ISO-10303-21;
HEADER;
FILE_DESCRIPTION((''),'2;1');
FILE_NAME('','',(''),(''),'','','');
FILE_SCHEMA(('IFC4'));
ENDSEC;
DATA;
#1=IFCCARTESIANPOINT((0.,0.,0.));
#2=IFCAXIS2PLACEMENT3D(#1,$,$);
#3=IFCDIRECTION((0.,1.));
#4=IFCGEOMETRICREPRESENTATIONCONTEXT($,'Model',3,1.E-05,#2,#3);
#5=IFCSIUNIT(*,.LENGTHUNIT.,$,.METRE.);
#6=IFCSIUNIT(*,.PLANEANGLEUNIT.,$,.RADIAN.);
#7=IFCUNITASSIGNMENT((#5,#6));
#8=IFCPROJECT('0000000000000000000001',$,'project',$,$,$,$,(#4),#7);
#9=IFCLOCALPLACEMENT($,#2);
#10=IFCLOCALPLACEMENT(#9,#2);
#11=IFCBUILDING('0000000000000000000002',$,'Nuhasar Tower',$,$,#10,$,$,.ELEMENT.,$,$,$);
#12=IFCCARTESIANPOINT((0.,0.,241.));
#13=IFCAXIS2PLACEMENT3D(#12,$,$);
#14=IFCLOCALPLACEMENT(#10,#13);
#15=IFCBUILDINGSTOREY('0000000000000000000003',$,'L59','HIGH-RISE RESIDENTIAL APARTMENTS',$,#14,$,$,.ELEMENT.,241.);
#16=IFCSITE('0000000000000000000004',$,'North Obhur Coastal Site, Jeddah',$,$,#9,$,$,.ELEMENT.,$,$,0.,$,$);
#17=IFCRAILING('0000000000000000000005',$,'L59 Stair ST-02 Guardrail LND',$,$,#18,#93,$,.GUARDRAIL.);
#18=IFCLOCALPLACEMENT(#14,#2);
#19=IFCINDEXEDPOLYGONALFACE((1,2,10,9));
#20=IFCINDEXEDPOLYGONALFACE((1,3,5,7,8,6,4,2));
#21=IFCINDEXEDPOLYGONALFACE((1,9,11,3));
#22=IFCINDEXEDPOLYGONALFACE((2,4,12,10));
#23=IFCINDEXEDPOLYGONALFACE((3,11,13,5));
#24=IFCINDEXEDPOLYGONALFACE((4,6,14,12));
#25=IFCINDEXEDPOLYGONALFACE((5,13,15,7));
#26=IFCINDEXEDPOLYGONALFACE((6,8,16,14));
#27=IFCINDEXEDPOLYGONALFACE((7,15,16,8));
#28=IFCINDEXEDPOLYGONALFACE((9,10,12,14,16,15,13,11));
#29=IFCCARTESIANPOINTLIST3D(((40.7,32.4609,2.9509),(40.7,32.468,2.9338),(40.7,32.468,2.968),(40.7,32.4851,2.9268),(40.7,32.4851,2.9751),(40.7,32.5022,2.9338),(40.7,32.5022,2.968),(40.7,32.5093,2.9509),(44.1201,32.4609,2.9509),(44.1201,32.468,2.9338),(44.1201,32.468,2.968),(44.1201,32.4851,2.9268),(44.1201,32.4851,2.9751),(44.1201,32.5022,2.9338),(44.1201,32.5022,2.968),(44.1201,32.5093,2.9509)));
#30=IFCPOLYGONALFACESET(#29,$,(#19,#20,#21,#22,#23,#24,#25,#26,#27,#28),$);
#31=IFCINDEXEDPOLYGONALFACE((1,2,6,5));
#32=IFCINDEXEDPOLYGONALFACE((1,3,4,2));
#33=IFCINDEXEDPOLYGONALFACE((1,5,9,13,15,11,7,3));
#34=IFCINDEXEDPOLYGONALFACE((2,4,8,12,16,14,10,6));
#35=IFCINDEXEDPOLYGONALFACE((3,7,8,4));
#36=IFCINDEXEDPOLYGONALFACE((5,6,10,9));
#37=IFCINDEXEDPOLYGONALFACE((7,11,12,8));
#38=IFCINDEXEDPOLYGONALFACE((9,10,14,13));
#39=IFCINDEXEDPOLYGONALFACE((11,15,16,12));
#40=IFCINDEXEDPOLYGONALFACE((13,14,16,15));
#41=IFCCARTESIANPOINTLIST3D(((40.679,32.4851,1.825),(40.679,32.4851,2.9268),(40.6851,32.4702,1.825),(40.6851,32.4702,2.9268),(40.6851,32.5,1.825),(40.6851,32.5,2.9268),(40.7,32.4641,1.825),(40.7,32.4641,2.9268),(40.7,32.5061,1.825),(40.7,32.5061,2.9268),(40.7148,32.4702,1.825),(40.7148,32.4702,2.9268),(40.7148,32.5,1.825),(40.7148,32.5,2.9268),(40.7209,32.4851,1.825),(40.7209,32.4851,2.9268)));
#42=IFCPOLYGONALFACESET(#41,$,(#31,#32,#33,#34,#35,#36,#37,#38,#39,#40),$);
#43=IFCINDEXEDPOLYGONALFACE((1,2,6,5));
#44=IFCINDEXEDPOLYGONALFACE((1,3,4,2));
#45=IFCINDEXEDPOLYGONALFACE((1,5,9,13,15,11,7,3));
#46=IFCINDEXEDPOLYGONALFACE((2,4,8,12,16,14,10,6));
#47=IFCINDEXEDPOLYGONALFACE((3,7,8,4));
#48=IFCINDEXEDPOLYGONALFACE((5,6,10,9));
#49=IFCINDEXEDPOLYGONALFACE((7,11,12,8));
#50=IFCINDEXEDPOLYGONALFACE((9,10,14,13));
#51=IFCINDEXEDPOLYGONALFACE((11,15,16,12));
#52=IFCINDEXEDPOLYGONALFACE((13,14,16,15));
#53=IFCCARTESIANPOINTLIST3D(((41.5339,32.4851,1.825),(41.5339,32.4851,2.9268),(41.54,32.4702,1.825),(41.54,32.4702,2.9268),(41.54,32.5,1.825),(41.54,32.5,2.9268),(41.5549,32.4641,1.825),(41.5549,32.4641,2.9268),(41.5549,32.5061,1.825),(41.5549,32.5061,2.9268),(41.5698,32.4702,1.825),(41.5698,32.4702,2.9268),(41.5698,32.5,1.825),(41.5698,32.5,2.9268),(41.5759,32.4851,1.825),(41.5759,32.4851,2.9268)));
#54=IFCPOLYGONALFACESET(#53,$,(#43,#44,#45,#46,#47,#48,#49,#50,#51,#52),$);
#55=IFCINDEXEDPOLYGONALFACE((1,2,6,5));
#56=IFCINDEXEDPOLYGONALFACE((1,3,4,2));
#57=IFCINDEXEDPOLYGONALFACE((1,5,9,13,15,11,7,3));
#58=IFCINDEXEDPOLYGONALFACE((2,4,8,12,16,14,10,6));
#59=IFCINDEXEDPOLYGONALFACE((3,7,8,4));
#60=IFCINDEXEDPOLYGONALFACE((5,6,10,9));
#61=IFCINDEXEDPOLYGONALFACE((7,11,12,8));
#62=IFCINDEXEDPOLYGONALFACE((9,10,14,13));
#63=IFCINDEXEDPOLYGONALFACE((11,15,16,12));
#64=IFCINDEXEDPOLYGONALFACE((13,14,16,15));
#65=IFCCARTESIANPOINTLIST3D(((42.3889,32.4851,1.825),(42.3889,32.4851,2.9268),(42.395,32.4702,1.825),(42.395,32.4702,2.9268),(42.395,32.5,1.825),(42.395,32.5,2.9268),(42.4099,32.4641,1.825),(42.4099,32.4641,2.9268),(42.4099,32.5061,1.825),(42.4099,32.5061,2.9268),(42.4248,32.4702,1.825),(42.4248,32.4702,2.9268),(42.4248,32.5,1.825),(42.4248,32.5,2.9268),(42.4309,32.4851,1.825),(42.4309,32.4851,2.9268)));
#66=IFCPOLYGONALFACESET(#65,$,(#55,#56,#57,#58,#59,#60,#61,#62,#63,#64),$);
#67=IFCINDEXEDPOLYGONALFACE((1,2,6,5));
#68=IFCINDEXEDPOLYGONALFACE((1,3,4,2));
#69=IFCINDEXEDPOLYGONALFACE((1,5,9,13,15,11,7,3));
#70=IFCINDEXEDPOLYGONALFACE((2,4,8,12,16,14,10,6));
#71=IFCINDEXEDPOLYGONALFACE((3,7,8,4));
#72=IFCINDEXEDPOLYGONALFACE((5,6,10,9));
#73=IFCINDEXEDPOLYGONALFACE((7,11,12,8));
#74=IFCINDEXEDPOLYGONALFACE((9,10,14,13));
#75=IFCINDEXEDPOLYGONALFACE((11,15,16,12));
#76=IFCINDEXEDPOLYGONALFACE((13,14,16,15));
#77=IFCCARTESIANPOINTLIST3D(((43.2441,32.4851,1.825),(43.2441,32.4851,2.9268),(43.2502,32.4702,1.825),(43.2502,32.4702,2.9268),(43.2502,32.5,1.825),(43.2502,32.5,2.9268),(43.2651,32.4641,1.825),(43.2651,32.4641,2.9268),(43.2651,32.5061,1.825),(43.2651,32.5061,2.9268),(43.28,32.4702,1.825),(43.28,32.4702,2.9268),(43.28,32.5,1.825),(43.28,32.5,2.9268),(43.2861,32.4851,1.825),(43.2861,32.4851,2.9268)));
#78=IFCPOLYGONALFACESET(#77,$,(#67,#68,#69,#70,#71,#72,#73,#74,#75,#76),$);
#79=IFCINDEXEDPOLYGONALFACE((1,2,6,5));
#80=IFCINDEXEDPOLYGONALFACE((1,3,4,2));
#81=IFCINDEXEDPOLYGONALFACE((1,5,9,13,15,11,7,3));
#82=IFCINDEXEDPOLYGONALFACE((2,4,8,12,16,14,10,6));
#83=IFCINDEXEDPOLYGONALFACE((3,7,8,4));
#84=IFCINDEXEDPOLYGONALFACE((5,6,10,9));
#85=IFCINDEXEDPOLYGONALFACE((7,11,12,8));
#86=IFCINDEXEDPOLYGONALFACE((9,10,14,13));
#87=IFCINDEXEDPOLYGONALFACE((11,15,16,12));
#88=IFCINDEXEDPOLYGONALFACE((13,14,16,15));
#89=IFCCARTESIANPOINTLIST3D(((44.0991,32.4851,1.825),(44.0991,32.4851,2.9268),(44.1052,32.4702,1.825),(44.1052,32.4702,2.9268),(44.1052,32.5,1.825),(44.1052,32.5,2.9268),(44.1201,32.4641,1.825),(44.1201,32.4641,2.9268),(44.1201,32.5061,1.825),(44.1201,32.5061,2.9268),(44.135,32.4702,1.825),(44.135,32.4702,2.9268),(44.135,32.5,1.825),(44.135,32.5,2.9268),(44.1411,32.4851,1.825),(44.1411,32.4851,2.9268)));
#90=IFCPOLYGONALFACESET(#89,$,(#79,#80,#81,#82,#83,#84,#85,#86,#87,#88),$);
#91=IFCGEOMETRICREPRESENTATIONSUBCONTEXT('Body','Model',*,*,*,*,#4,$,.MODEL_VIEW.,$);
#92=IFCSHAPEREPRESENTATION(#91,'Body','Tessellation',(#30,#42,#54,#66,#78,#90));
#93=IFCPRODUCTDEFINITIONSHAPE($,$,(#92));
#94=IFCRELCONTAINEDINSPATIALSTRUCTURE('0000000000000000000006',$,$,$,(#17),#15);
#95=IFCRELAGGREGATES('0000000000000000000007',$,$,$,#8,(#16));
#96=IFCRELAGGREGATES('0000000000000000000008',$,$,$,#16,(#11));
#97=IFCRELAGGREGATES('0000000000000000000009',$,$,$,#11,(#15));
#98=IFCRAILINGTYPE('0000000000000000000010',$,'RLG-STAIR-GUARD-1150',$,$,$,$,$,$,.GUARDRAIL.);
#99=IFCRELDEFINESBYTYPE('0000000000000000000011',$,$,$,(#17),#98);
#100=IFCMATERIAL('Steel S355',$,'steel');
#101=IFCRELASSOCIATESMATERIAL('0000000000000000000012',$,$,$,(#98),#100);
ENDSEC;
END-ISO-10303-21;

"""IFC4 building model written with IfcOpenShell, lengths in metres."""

from ifc_helpers import new_model, si_unit, direction, frame, origin, place, context, subcontext, project, spatial, polyline, outline, extrude, material, type_object, element, save


model = new_model("IFC4")

# Units and contexts
model_context = context("Model", 3, precision=1e-05, world=origin(), true_north=direction((0.0, 1.0)))
body_context = subcontext(model_context, "Body", "Model", "MODEL_VIEW")
ifc_project = project(units=[si_unit("LENGTHUNIT", "METRE"), si_unit("PLANEANGLEUNIT", "RADIAN")], contexts=[model_context])

# Site, building, storey
site_placement = place(None, origin())
site = spatial("IfcSite", under=ifc_project, at=site_placement, Name="North Obhur Coastal Site, Jeddah", CompositionType="ELEMENT", RefElevation=0.0)
building_placement = place(site_placement, origin())
building = spatial("IfcBuilding", under=site, at=building_placement, Name="Nuhasar Tower", CompositionType="ELEMENT")
storey_placement = place(building_placement, frame((0.0, 0.0, 241.0)))
storey = spatial("IfcBuildingStorey", under=building, at=storey_placement, Name="L59", Description="HIGH-RISE RESIDENTIAL APARTMENTS", CompositionType="ELEMENT", Elevation=241.0)

# Shared definitions
ifc_material_1 = material(Name="Steel S355", Category="steel")

# Railing
railing_type_1 = type_object("IfcRailingType", Name="RLG-STAIR-GUARD-1150", PredefinedType="GUARDRAIL", material=ifc_material_1)
railing_1_placement = place(storey_placement, frame((40.7, 32.4851, 1.825)))
element("IfcRailing", 1, at=railing_1_placement, inside=storey, type_object=railing_type_1, Name="L59 Stair ST-02 Guardrail LND", PredefinedType="GUARDRAIL", context=body_context, shape_type="SweptSolid", body=[
    extrude(outline(polyline([(0.0242, 0.0), (0.0171, 0.0171), (0.0, 0.0242), (-0.0171, 0.0171), (-0.0242, 0.0), (-0.0171, -0.0171), (0.0, -0.0242), (0.0171, -0.0171), (0.0242, 0.0)])), frame((0.0, 0.0, 1.126), z_axis=(1.0, 0.0, 0.0), x_axis=(0.0, 1.0, 0.0)), (0.0, 0.0, 1.0), 3.4202),
    extrude(outline(polyline([(0.021, 0.0), (0.0149, 0.0149), (0.0, 0.021), (-0.0149, 0.0149), (-0.021, 0.0), (-0.0149, -0.0149), (0.0, -0.021), (0.0149, -0.0149), (0.021, 0.0)])), origin(), (0.0, 0.0, 1.0), 1.1018),
    extrude(outline(polyline([(0.021, 0.0), (0.0149, 0.0149), (0.0, 0.021), (-0.0149, 0.0149), (-0.021, 0.0), (-0.0149, -0.0149), (0.0, -0.021), (0.0149, -0.0149), (0.021, 0.0)])), frame((0.855, 0.0, 0.0)), (0.0, 0.0, 1.0), 1.1018),
    extrude(outline(polyline([(0.021, 0.0), (0.0149, 0.0149), (0.0, 0.021), (-0.0149, 0.0149), (-0.021, 0.0), (-0.0149, -0.0149), (0.0, -0.021), (0.0149, -0.0149), (0.021, 0.0)])), frame((1.71, 0.0, 0.0)), (0.0, 0.0, 1.0), 1.1018),
    extrude(outline(polyline([(0.021, 0.0), (0.0149, 0.0149), (0.0, 0.021), (-0.0149, 0.0149), (-0.021, 0.0), (-0.0149, -0.0149), (0.0, -0.021), (0.0149, -0.0149), (0.021, 0.0)])), frame((2.5652, 0.0, 0.0)), (0.0, 0.0, 1.0), 1.1018),
    extrude(outline(polyline([(0.021, 0.0), (0.0149, 0.0149), (0.0, 0.021), (-0.0149, 0.0149), (-0.021, 0.0), (-0.0149, -0.0149), (0.0, -0.021), (0.0149, -0.0149), (0.021, 0.0)])), frame((3.4202, 0.0, 0.0)), (0.0, 0.0, 1.0), 1.1018),
])

save(model, "model.ifc")
